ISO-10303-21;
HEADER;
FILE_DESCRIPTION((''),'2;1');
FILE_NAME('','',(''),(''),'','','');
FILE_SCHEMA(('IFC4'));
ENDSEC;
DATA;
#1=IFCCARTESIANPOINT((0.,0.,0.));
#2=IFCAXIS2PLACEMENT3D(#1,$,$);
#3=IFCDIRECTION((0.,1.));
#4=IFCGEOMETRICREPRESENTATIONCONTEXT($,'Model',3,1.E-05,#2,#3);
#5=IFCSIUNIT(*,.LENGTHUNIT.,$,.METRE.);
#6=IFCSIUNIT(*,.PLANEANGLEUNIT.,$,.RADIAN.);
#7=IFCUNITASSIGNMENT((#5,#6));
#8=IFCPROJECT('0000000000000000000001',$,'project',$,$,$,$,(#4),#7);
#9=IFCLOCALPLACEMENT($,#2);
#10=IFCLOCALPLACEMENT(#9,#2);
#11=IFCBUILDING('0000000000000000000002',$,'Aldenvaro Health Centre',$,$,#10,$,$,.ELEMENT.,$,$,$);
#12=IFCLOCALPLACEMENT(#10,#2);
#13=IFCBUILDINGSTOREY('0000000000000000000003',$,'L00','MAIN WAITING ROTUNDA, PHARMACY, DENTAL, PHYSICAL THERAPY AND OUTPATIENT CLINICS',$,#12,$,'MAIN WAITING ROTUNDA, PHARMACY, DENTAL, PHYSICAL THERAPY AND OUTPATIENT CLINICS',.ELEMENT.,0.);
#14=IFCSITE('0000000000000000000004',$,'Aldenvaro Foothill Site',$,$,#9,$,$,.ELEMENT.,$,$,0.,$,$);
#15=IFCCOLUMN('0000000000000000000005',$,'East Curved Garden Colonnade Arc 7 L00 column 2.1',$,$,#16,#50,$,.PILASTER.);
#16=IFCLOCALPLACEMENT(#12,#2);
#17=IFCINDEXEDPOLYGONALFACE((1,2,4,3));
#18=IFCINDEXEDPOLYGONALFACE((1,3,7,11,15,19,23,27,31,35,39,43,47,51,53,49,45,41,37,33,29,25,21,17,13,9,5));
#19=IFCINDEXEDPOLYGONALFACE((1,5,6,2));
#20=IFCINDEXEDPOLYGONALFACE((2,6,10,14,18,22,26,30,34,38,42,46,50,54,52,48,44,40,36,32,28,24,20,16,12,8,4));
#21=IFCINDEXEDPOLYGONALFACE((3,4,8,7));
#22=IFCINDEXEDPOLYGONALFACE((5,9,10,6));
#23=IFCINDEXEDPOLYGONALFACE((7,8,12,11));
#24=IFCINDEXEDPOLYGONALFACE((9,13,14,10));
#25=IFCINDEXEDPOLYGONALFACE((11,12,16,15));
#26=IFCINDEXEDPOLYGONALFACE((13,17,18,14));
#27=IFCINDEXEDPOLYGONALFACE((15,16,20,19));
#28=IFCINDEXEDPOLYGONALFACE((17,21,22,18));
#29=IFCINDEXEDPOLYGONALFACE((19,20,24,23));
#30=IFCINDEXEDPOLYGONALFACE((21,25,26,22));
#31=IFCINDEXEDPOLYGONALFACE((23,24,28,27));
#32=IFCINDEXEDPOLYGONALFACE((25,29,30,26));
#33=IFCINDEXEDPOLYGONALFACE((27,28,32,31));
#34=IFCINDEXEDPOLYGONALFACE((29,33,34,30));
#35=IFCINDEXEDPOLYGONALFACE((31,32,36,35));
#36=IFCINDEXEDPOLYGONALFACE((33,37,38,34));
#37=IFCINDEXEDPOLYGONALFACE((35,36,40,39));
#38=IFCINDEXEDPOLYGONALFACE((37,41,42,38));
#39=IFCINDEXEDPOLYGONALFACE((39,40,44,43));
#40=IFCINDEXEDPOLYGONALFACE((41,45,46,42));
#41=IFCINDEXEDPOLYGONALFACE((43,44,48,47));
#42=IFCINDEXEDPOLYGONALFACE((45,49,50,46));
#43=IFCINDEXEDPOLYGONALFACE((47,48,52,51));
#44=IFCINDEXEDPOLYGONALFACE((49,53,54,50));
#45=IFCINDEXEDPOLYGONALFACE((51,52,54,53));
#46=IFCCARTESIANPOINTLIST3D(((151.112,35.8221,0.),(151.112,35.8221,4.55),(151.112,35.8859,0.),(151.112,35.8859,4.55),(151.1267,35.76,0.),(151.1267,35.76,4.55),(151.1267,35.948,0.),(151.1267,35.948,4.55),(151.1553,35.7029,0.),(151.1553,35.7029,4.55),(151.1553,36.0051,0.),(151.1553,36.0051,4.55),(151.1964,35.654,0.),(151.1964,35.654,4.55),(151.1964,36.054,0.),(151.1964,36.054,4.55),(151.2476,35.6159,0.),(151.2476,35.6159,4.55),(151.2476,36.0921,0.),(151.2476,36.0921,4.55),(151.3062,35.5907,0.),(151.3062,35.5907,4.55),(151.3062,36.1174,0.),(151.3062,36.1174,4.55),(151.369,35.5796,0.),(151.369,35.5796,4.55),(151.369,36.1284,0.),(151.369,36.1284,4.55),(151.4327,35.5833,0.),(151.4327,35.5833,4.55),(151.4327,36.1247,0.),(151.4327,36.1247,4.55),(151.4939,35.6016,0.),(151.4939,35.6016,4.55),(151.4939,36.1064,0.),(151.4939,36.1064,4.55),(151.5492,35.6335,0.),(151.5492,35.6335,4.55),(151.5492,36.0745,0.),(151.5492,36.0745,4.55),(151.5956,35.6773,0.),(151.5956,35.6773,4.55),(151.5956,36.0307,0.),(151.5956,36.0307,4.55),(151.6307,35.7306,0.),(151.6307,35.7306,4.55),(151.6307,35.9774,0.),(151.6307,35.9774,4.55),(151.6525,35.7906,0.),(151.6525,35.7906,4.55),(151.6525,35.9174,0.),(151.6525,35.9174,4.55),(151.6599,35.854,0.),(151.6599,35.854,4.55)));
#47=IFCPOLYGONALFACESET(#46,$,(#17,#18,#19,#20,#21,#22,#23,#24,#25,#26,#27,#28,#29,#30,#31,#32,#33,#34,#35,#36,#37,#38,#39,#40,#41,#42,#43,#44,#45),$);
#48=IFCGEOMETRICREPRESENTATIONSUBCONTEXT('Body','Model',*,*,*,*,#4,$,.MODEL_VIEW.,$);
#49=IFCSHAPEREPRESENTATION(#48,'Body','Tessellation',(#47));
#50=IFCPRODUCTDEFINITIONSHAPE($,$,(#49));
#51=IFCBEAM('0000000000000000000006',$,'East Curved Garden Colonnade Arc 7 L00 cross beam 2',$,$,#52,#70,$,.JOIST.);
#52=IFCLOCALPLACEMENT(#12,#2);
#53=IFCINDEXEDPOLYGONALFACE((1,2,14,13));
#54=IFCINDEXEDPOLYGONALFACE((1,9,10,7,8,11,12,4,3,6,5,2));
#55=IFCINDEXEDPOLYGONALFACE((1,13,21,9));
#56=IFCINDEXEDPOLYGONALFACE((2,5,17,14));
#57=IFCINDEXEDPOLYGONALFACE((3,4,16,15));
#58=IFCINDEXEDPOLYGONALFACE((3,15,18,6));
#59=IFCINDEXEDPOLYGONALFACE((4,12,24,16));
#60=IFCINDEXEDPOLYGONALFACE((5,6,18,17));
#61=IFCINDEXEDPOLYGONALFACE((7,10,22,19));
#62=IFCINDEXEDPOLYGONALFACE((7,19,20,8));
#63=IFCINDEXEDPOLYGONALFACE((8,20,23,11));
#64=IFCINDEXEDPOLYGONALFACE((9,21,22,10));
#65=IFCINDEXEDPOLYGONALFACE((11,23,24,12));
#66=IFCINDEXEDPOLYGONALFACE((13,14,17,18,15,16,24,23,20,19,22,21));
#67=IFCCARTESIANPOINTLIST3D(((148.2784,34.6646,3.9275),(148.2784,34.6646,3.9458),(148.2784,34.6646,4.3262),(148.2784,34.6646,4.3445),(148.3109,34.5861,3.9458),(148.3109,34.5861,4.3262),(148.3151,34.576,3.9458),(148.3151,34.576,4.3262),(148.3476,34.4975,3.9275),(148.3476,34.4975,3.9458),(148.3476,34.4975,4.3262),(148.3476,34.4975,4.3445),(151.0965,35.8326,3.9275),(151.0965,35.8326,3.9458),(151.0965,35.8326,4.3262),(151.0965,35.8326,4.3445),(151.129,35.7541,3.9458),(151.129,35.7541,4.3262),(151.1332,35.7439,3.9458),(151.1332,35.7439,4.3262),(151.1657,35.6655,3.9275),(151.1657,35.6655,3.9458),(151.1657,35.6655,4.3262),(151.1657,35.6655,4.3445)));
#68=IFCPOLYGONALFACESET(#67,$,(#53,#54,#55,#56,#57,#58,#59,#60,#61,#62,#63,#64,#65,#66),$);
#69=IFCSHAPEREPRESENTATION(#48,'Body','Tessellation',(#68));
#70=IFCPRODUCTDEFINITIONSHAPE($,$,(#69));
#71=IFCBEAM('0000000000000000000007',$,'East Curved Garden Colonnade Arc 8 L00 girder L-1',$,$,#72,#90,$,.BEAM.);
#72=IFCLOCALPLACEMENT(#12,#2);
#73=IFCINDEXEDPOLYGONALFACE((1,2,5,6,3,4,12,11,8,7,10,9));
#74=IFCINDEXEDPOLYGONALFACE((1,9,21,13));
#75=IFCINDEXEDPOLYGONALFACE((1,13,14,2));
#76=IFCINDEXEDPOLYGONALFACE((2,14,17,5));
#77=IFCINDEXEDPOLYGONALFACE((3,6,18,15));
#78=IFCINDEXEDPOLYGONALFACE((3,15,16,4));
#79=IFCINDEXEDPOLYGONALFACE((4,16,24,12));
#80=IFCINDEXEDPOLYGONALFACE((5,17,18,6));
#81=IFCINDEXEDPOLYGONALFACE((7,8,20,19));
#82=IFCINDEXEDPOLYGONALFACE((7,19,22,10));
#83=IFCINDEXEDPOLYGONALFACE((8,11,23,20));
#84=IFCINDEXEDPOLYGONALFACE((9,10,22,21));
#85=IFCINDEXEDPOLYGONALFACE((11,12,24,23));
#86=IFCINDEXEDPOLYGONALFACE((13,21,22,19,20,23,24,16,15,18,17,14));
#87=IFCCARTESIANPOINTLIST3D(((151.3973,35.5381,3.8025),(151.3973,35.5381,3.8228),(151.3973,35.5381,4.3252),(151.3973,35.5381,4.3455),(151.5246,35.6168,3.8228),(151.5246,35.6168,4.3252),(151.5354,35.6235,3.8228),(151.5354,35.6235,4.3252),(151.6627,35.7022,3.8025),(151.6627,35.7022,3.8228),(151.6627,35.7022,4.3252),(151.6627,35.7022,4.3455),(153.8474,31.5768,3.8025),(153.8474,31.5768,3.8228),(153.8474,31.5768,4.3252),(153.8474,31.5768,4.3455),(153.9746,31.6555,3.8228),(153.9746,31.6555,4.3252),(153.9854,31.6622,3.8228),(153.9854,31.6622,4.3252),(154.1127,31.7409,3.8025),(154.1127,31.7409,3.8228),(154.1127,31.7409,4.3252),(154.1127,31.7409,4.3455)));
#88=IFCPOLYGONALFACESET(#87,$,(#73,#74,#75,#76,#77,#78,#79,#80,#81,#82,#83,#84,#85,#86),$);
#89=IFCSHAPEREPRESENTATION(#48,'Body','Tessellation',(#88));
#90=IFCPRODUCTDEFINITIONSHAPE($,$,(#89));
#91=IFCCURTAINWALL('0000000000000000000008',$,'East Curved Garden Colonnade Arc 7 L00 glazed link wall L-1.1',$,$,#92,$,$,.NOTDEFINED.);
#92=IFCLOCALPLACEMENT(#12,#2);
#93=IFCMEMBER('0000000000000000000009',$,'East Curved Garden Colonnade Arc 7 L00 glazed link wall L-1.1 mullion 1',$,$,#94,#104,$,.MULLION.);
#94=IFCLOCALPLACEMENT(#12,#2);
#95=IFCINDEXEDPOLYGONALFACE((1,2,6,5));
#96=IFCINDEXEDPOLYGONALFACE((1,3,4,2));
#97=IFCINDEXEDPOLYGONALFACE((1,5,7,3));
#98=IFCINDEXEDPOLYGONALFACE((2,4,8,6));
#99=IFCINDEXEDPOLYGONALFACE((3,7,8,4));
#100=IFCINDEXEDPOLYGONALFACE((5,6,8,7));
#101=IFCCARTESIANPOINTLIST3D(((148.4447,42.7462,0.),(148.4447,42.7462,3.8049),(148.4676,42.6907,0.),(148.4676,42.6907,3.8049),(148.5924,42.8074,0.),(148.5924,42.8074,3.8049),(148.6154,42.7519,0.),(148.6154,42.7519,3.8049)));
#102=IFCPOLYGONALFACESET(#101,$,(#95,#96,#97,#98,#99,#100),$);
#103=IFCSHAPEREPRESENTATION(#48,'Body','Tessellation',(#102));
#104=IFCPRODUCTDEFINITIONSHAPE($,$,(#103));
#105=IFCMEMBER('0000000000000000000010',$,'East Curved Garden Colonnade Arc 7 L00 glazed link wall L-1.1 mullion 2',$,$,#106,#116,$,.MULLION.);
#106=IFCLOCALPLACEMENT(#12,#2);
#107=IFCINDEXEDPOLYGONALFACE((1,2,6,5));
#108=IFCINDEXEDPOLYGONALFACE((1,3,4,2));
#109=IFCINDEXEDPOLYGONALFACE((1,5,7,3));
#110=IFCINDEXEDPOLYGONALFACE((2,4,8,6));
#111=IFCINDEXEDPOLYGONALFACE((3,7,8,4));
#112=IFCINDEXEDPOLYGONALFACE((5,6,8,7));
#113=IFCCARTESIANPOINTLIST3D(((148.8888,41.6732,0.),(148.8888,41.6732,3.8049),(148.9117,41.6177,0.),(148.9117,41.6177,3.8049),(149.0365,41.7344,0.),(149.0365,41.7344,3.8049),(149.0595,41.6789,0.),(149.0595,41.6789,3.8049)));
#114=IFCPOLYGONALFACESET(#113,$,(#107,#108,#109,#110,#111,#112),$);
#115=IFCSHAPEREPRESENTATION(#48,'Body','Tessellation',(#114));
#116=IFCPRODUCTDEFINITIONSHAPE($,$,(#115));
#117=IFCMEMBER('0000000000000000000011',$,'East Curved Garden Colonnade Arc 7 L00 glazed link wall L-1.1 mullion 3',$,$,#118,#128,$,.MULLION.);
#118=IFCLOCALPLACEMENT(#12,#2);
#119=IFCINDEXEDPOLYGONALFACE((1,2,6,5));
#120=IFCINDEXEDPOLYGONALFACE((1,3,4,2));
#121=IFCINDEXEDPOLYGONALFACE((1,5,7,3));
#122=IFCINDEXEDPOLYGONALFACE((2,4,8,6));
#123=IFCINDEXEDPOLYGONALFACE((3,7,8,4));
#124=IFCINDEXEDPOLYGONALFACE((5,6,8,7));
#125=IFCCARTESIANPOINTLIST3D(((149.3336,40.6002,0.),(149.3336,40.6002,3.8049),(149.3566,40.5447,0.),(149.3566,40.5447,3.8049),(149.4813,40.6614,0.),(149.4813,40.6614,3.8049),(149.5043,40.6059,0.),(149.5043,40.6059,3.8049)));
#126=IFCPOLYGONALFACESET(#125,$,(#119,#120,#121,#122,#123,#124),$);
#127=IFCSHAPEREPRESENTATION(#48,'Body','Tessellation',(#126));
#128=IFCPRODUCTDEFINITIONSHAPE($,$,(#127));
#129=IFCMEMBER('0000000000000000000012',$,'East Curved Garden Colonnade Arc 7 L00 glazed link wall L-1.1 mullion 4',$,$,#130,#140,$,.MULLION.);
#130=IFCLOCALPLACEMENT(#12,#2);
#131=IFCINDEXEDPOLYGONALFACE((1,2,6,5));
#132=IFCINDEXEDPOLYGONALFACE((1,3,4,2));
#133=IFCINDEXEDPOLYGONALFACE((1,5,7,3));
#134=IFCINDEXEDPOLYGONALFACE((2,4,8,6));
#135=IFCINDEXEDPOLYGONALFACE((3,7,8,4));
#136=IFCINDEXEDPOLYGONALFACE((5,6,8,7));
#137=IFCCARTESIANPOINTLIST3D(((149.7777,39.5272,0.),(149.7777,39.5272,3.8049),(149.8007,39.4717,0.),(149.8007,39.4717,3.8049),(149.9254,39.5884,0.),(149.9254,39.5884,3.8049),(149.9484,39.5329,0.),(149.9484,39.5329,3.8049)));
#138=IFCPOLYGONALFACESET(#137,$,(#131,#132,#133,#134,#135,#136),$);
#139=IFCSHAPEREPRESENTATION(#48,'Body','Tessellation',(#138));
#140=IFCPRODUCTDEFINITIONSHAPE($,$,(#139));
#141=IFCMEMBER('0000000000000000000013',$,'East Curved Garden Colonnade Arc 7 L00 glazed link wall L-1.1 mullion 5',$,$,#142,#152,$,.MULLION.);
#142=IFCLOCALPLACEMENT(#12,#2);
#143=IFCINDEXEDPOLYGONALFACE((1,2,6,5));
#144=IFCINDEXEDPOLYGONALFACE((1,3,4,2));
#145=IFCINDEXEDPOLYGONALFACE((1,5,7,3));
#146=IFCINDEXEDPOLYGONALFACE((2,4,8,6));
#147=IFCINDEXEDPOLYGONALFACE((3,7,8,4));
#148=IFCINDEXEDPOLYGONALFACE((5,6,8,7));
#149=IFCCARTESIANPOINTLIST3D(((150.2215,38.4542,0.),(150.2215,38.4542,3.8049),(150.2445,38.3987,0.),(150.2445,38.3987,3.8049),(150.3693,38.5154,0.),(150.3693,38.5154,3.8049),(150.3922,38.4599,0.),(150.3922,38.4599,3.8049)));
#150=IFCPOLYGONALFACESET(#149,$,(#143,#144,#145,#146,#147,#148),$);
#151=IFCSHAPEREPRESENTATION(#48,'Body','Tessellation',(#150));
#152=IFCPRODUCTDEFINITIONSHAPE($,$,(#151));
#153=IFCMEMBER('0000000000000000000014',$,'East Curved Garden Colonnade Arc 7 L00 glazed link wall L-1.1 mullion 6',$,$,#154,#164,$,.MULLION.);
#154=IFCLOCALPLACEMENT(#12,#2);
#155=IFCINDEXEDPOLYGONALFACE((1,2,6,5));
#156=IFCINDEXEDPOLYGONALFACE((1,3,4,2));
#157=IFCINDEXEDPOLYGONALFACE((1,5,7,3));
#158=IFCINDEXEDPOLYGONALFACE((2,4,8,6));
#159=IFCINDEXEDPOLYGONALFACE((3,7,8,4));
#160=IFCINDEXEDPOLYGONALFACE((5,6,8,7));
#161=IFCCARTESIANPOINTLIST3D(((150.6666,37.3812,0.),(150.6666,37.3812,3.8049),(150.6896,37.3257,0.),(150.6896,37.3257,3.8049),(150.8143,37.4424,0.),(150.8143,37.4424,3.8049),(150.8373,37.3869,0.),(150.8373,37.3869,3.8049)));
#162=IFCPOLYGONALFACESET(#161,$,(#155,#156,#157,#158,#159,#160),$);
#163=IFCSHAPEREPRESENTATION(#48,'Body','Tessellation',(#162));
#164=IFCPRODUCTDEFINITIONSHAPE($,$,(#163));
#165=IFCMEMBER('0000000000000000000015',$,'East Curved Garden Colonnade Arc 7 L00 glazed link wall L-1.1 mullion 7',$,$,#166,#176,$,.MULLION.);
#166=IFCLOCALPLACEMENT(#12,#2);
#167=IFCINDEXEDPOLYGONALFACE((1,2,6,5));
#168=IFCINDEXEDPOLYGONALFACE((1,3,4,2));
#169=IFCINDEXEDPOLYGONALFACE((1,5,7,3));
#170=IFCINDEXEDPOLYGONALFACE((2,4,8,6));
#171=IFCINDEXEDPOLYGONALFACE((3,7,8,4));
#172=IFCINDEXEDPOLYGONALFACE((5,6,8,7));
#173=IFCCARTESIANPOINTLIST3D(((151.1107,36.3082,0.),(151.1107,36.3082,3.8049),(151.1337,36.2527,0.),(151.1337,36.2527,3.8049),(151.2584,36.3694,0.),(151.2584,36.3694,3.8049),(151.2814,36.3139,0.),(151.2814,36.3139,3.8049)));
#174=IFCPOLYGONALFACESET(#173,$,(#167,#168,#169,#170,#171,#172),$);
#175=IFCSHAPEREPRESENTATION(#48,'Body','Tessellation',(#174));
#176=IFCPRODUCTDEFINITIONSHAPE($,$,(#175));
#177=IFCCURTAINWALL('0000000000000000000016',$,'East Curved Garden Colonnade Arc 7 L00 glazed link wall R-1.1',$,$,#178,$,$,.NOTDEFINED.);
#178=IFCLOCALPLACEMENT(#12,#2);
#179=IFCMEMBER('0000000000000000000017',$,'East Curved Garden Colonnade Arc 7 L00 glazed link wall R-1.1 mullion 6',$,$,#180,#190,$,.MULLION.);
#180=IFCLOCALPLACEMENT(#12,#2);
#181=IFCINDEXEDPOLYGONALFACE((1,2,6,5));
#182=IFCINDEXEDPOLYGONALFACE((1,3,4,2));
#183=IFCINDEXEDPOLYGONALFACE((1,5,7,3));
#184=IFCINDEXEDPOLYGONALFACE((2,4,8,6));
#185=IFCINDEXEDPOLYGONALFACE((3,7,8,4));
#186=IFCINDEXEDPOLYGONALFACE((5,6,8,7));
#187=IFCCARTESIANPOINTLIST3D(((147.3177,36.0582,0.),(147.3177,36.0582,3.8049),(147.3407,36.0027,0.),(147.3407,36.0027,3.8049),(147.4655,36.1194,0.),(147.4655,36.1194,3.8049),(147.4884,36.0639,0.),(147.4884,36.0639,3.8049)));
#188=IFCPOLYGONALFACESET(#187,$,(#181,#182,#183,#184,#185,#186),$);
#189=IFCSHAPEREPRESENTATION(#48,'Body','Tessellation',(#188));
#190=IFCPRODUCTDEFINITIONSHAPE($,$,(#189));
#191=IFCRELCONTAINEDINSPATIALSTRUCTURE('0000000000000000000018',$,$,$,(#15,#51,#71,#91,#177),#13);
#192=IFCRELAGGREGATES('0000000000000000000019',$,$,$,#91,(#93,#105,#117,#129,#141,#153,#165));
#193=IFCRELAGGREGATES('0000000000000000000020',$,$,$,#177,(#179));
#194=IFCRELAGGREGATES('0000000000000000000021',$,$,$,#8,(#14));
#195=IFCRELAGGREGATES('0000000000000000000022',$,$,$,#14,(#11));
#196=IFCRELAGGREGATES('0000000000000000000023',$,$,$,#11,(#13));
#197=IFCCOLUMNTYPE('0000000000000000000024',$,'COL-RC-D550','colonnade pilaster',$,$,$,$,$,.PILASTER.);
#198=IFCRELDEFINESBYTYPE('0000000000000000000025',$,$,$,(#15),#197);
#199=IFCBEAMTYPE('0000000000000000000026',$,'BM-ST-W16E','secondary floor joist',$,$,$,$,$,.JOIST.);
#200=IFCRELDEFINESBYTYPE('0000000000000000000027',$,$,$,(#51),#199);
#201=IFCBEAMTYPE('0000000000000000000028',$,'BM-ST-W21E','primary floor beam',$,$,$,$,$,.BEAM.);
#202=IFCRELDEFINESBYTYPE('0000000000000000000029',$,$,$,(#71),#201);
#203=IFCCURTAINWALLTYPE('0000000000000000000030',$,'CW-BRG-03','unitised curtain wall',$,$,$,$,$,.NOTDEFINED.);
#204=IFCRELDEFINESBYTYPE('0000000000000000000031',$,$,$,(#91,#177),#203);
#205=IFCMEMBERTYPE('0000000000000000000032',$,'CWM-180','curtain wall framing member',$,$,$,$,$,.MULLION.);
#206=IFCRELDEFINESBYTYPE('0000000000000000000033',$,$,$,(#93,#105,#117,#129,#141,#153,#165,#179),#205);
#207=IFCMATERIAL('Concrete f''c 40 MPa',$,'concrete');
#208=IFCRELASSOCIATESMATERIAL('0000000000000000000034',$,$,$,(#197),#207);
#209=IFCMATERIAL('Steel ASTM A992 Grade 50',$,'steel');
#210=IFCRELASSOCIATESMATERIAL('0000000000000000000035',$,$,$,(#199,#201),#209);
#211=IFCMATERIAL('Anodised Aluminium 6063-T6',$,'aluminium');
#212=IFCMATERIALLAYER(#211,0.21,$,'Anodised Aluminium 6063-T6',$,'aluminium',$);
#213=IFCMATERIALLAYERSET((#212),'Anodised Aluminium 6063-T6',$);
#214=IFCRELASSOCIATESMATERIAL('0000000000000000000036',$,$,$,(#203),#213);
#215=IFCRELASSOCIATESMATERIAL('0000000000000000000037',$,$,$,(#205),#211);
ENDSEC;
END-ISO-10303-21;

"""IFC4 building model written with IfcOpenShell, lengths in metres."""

from ifc_helpers import new_model, si_unit, direction, frame, origin, origin_2d, place, context, subcontext, project, spatial, rectangle, circle, i_section, extrude, material, layer, layer_set, material_profile, profile_set, type_object, element, aggregate, save


model = new_model("IFC4")

# Units and contexts
model_context = context("Model", 3, precision=1e-05, world=origin(), true_north=direction((0.0, 1.0)))
body_context = subcontext(model_context, "Body", "Model", "MODEL_VIEW")
ifc_project = project(units=[si_unit("LENGTHUNIT", "METRE"), si_unit("PLANEANGLEUNIT", "RADIAN")], contexts=[model_context])

# Site, building, storey
site_placement = place(None, origin())
site = spatial("IfcSite", under=ifc_project, at=site_placement, Name="Aldenvaro Foothill Site", CompositionType="ELEMENT", RefElevation=0.0)
building_placement = place(site_placement, origin())
building = spatial("IfcBuilding", under=site, at=building_placement, Name="Aldenvaro Health Centre", CompositionType="ELEMENT")
storey_placement = place(building_placement, origin())
storey = spatial("IfcBuildingStorey", under=building, at=storey_placement, Name="L00", Description="MAIN WAITING ROTUNDA, PHARMACY, DENTAL, PHYSICAL THERAPY AND OUTPATIENT CLINICS", LongName="MAIN WAITING ROTUNDA, PHARMACY, DENTAL, PHYSICAL THERAPY AND OUTPATIENT CLINICS", CompositionType="ELEMENT", Elevation=0.0)

# Column
ifc_material_1 = material(Name="Concrete f'c 40 MPa", Category="concrete")
ifc_material_profile_1 = material_profile(ifc_material_1, circle(Radius=0.2749, at=origin_2d()), Name="RC D550", Category="concrete")
ifc_profile_set_1 = profile_set([ifc_material_profile_1], Name="Concrete f'c 40 MPa")
column_type = type_object("IfcColumnType", Name="COL-RC-D550", Description="colonnade pilaster", PredefinedType="PILASTER", material=ifc_profile_set_1)
column_placement = place(storey_placement, frame((151.385, 35.854, 0.0), z_axis=(0.0, 0.0, 1.0), x_axis=(1.0, 0.0, 0.0)))
element("IfcColumn", 1, at=column_placement, inside=storey, type_object=column_type, Name="East Curved Garden Colonnade Arc 7 L00 column 2.1", PredefinedType="PILASTER", context=body_context, shape_type="SweptSolid", body=[
    extrude(circle(Radius=0.2749, at=origin_2d()), origin(), (0.0, 0.0, 1.0), 4.55),
])

# Beams
ifc_material_2 = material(Name="Steel ASTM A992 Grade 50", Category="steel")
ifc_material_profile_2 = material_profile(ifc_material_2, i_section(OverallWidth=0.1809, OverallDepth=0.417, WebThickness=0.011, FlangeThickness=0.0183, at=origin_2d()), Name="W16X57", Category="steel")
ifc_profile_set_2 = profile_set([ifc_material_profile_2], Name="Steel ASTM A992 Grade 50")
beam_type_1 = type_object("IfcBeamType", Name="BM-ST-W16E", Description="secondary floor joist", PredefinedType="JOIST", material=ifc_profile_set_2)
beam_1_placement = place(storey_placement, frame((151.1311, 35.749, 4.136), z_axis=(-0.923802, -0.38287, 0.0), x_axis=(0.38287, -0.923802, 0.0)))
element("IfcBeam", 2, at=beam_1_placement, inside=storey, type_object=beam_type_1, Name="East Curved Garden Colonnade Arc 7 L00 cross beam 2", PredefinedType="JOIST", context=body_context, shape_type="SweptSolid", body=[
    extrude(i_section(OverallWidth=0.1809, OverallDepth=0.417, WebThickness=0.011, FlangeThickness=0.0183, at=origin_2d()), origin(), (0.0, 0.0, 1.0), 3.0505),
])
ifc_material_profile_3 = material_profile(ifc_material_2, i_section(OverallWidth=0.312, OverallDepth=0.543, WebThickness=0.0127, FlangeThickness=0.0203, at=origin_2d()), Name="W21X101", Category="steel")
ifc_profile_set_3 = profile_set([ifc_material_profile_3], Name="Steel ASTM A992 Grade 50")
beam_type_2 = type_object("IfcBeamType", Name="BM-ST-W21E", Description="primary floor beam", PredefinedType="BEAM", material=ifc_profile_set_3)
beam_2_placement = place(storey_placement, frame((151.53, 35.6201, 4.074), z_axis=(0.526012, -0.850477, 0.0), x_axis=(0.850477, 0.526012, 0.0)))
element("IfcBeam", 3, at=beam_2_placement, inside=storey, type_object=beam_type_2, Name="East Curved Garden Colonnade Arc 8 L00 girder L-1", PredefinedType="BEAM", context=body_context, shape_type="SweptSolid", body=[
    extrude(i_section(OverallWidth=0.312, OverallDepth=0.543, WebThickness=0.0127, FlangeThickness=0.0203, at=origin_2d()), origin(), (0.0, 0.0, 1.0), 4.6577),
])

# Curtain wall, members
ifc_material_3 = material(Name="Anodised Aluminium 6063-T6", Category="aluminium")
ifc_layer_1 = layer(ifc_material_3, 0.21, Name="Anodised Aluminium 6063-T6", Category="aluminium")
ifc_layer_set_1 = layer_set([ifc_layer_1], Name="Anodised Aluminium 6063-T6")
curtain_wall_type = type_object("IfcCurtainWallType", Name="CW-BRG-03", Description="unitised curtain wall", PredefinedType="NOTDEFINED", material=ifc_layer_set_1)
curtain_wall_1_placement = place(storey_placement, origin())
curtain_wall_1 = element("IfcCurtainWall", 4, at=curtain_wall_1_placement, inside=storey, type_object=curtain_wall_type, Name="East Curved Garden Colonnade Arc 7 L00 glazed link wall L-1.1", PredefinedType="NOTDEFINED")
ifc_material_profile_4 = material_profile(ifc_material_3, rectangle(XDim=0.0601, YDim=0.1599, at=origin_2d()), Name="ALU 60x160", Category="aluminium")
ifc_profile_set_4 = profile_set([ifc_material_profile_4], Name="Anodised Aluminium 6063-T6")
member_type_1 = type_object("IfcMemberType", Name="CWM-180", Description="curtain wall framing member", PredefinedType="MULLION", material=ifc_profile_set_4)
member_1_placement = place(storey_placement, frame((148.53, 42.749, 0.0), z_axis=(0.0, 0.0, 1.0), x_axis=(0.382597, -0.923915, 0.0)))
member_1 = element("IfcMember", 5, at=member_1_placement, type_object=member_type_1, Name="East Curved Garden Colonnade Arc 7 L00 glazed link wall L-1.1 mullion 1", PredefinedType="MULLION", context=body_context, shape_type="SweptSolid", body=[
    extrude(rectangle(XDim=0.0601, YDim=0.1599, at=origin_2d()), origin(), (0.0, 0.0, 1.0), 3.8049),
])
member_2_placement = place(storey_placement, frame((148.9741, 41.676, 0.0), z_axis=(0.0, 0.0, 1.0), x_axis=(0.382597, -0.923915, 0.0)))
member_2 = element("IfcMember", 6, at=member_2_placement, type_object=member_type_1, Name="East Curved Garden Colonnade Arc 7 L00 glazed link wall L-1.1 mullion 2", PredefinedType="MULLION", context=body_context, shape_type="SweptSolid", body=[
    extrude(rectangle(XDim=0.0601, YDim=0.1599, at=origin_2d()), origin(), (0.0, 0.0, 1.0), 3.8049),
])
member_3_placement = place(storey_placement, frame((149.4189, 40.603, 0.0), z_axis=(0.0, 0.0, 1.0), x_axis=(0.382597, -0.923915, 0.0)))
member_3 = element("IfcMember", 7, at=member_3_placement, type_object=member_type_1, Name="East Curved Garden Colonnade Arc 7 L00 glazed link wall L-1.1 mullion 3", PredefinedType="MULLION", context=body_context, shape_type="SweptSolid", body=[
    extrude(rectangle(XDim=0.0601, YDim=0.1599, at=origin_2d()), origin(), (0.0, 0.0, 1.0), 3.8049),
])
member_4_placement = place(storey_placement, frame((149.863, 39.53, 0.0), z_axis=(0.0, 0.0, 1.0), x_axis=(0.382597, -0.923915, 0.0)))
member_4 = element("IfcMember", 8, at=member_4_placement, type_object=member_type_1, Name="East Curved Garden Colonnade Arc 7 L00 glazed link wall L-1.1 mullion 4", PredefinedType="MULLION", context=body_context, shape_type="SweptSolid", body=[
    extrude(rectangle(XDim=0.0601, YDim=0.1599, at=origin_2d()), origin(), (0.0, 0.0, 1.0), 3.8049),
])
member_5_placement = place(storey_placement, frame((150.3069, 38.457, 0.0), z_axis=(0.0, 0.0, 1.0), x_axis=(0.382597, -0.923915, 0.0)))
member_5 = element("IfcMember", 9, at=member_5_placement, type_object=member_type_1, Name="East Curved Garden Colonnade Arc 7 L00 glazed link wall L-1.1 mullion 5", PredefinedType="MULLION", context=body_context, shape_type="SweptSolid", body=[
    extrude(rectangle(XDim=0.0601, YDim=0.1599, at=origin_2d()), origin(), (0.0, 0.0, 1.0), 3.8049),
])
member_6_placement = place(storey_placement, frame((150.752, 37.384, 0.0), z_axis=(0.0, 0.0, 1.0), x_axis=(0.382597, -0.923915, 0.0)))
member_6 = element("IfcMember", 10, at=member_6_placement, type_object=member_type_1, Name="East Curved Garden Colonnade Arc 7 L00 glazed link wall L-1.1 mullion 6", PredefinedType="MULLION", context=body_context, shape_type="SweptSolid", body=[
    extrude(rectangle(XDim=0.0601, YDim=0.1599, at=origin_2d()), origin(), (0.0, 0.0, 1.0), 3.8049),
])
member_7_placement = place(storey_placement, frame((151.196, 36.311, 0.0), z_axis=(0.0, 0.0, 1.0), x_axis=(0.382597, -0.923915, 0.0)))
member_7 = element("IfcMember", 11, at=member_7_placement, type_object=member_type_1, Name="East Curved Garden Colonnade Arc 7 L00 glazed link wall L-1.1 mullion 7", PredefinedType="MULLION", context=body_context, shape_type="SweptSolid", body=[
    extrude(rectangle(XDim=0.0601, YDim=0.1599, at=origin_2d()), origin(), (0.0, 0.0, 1.0), 3.8049),
])

# Curtain wall, member
curtain_wall_2_placement = place(storey_placement, origin())
curtain_wall_2 = element("IfcCurtainWall", 12, at=curtain_wall_2_placement, inside=storey, type_object=curtain_wall_type, Name="East Curved Garden Colonnade Arc 7 L00 glazed link wall R-1.1", PredefinedType="NOTDEFINED")
member_8_placement = place(storey_placement, frame((147.4031, 36.061, 0.0), z_axis=(0.0, 0.0, 1.0), x_axis=(0.382569, -0.923927, 0.0)))
member_8 = element("IfcMember", 13, at=member_8_placement, type_object=member_type_1, Name="East Curved Garden Colonnade Arc 7 L00 glazed link wall R-1.1 mullion 6", PredefinedType="MULLION", context=body_context, shape_type="SweptSolid", body=[
    extrude(rectangle(XDim=0.0601, YDim=0.1599, at=origin_2d()), origin(), (0.0, 0.0, 1.0), 3.8049),
])

aggregate(curtain_wall_1, [member_1, member_2, member_3, member_4, member_5, member_6, member_7])
aggregate(curtain_wall_2, [member_8])

save(model, "model.ifc")
